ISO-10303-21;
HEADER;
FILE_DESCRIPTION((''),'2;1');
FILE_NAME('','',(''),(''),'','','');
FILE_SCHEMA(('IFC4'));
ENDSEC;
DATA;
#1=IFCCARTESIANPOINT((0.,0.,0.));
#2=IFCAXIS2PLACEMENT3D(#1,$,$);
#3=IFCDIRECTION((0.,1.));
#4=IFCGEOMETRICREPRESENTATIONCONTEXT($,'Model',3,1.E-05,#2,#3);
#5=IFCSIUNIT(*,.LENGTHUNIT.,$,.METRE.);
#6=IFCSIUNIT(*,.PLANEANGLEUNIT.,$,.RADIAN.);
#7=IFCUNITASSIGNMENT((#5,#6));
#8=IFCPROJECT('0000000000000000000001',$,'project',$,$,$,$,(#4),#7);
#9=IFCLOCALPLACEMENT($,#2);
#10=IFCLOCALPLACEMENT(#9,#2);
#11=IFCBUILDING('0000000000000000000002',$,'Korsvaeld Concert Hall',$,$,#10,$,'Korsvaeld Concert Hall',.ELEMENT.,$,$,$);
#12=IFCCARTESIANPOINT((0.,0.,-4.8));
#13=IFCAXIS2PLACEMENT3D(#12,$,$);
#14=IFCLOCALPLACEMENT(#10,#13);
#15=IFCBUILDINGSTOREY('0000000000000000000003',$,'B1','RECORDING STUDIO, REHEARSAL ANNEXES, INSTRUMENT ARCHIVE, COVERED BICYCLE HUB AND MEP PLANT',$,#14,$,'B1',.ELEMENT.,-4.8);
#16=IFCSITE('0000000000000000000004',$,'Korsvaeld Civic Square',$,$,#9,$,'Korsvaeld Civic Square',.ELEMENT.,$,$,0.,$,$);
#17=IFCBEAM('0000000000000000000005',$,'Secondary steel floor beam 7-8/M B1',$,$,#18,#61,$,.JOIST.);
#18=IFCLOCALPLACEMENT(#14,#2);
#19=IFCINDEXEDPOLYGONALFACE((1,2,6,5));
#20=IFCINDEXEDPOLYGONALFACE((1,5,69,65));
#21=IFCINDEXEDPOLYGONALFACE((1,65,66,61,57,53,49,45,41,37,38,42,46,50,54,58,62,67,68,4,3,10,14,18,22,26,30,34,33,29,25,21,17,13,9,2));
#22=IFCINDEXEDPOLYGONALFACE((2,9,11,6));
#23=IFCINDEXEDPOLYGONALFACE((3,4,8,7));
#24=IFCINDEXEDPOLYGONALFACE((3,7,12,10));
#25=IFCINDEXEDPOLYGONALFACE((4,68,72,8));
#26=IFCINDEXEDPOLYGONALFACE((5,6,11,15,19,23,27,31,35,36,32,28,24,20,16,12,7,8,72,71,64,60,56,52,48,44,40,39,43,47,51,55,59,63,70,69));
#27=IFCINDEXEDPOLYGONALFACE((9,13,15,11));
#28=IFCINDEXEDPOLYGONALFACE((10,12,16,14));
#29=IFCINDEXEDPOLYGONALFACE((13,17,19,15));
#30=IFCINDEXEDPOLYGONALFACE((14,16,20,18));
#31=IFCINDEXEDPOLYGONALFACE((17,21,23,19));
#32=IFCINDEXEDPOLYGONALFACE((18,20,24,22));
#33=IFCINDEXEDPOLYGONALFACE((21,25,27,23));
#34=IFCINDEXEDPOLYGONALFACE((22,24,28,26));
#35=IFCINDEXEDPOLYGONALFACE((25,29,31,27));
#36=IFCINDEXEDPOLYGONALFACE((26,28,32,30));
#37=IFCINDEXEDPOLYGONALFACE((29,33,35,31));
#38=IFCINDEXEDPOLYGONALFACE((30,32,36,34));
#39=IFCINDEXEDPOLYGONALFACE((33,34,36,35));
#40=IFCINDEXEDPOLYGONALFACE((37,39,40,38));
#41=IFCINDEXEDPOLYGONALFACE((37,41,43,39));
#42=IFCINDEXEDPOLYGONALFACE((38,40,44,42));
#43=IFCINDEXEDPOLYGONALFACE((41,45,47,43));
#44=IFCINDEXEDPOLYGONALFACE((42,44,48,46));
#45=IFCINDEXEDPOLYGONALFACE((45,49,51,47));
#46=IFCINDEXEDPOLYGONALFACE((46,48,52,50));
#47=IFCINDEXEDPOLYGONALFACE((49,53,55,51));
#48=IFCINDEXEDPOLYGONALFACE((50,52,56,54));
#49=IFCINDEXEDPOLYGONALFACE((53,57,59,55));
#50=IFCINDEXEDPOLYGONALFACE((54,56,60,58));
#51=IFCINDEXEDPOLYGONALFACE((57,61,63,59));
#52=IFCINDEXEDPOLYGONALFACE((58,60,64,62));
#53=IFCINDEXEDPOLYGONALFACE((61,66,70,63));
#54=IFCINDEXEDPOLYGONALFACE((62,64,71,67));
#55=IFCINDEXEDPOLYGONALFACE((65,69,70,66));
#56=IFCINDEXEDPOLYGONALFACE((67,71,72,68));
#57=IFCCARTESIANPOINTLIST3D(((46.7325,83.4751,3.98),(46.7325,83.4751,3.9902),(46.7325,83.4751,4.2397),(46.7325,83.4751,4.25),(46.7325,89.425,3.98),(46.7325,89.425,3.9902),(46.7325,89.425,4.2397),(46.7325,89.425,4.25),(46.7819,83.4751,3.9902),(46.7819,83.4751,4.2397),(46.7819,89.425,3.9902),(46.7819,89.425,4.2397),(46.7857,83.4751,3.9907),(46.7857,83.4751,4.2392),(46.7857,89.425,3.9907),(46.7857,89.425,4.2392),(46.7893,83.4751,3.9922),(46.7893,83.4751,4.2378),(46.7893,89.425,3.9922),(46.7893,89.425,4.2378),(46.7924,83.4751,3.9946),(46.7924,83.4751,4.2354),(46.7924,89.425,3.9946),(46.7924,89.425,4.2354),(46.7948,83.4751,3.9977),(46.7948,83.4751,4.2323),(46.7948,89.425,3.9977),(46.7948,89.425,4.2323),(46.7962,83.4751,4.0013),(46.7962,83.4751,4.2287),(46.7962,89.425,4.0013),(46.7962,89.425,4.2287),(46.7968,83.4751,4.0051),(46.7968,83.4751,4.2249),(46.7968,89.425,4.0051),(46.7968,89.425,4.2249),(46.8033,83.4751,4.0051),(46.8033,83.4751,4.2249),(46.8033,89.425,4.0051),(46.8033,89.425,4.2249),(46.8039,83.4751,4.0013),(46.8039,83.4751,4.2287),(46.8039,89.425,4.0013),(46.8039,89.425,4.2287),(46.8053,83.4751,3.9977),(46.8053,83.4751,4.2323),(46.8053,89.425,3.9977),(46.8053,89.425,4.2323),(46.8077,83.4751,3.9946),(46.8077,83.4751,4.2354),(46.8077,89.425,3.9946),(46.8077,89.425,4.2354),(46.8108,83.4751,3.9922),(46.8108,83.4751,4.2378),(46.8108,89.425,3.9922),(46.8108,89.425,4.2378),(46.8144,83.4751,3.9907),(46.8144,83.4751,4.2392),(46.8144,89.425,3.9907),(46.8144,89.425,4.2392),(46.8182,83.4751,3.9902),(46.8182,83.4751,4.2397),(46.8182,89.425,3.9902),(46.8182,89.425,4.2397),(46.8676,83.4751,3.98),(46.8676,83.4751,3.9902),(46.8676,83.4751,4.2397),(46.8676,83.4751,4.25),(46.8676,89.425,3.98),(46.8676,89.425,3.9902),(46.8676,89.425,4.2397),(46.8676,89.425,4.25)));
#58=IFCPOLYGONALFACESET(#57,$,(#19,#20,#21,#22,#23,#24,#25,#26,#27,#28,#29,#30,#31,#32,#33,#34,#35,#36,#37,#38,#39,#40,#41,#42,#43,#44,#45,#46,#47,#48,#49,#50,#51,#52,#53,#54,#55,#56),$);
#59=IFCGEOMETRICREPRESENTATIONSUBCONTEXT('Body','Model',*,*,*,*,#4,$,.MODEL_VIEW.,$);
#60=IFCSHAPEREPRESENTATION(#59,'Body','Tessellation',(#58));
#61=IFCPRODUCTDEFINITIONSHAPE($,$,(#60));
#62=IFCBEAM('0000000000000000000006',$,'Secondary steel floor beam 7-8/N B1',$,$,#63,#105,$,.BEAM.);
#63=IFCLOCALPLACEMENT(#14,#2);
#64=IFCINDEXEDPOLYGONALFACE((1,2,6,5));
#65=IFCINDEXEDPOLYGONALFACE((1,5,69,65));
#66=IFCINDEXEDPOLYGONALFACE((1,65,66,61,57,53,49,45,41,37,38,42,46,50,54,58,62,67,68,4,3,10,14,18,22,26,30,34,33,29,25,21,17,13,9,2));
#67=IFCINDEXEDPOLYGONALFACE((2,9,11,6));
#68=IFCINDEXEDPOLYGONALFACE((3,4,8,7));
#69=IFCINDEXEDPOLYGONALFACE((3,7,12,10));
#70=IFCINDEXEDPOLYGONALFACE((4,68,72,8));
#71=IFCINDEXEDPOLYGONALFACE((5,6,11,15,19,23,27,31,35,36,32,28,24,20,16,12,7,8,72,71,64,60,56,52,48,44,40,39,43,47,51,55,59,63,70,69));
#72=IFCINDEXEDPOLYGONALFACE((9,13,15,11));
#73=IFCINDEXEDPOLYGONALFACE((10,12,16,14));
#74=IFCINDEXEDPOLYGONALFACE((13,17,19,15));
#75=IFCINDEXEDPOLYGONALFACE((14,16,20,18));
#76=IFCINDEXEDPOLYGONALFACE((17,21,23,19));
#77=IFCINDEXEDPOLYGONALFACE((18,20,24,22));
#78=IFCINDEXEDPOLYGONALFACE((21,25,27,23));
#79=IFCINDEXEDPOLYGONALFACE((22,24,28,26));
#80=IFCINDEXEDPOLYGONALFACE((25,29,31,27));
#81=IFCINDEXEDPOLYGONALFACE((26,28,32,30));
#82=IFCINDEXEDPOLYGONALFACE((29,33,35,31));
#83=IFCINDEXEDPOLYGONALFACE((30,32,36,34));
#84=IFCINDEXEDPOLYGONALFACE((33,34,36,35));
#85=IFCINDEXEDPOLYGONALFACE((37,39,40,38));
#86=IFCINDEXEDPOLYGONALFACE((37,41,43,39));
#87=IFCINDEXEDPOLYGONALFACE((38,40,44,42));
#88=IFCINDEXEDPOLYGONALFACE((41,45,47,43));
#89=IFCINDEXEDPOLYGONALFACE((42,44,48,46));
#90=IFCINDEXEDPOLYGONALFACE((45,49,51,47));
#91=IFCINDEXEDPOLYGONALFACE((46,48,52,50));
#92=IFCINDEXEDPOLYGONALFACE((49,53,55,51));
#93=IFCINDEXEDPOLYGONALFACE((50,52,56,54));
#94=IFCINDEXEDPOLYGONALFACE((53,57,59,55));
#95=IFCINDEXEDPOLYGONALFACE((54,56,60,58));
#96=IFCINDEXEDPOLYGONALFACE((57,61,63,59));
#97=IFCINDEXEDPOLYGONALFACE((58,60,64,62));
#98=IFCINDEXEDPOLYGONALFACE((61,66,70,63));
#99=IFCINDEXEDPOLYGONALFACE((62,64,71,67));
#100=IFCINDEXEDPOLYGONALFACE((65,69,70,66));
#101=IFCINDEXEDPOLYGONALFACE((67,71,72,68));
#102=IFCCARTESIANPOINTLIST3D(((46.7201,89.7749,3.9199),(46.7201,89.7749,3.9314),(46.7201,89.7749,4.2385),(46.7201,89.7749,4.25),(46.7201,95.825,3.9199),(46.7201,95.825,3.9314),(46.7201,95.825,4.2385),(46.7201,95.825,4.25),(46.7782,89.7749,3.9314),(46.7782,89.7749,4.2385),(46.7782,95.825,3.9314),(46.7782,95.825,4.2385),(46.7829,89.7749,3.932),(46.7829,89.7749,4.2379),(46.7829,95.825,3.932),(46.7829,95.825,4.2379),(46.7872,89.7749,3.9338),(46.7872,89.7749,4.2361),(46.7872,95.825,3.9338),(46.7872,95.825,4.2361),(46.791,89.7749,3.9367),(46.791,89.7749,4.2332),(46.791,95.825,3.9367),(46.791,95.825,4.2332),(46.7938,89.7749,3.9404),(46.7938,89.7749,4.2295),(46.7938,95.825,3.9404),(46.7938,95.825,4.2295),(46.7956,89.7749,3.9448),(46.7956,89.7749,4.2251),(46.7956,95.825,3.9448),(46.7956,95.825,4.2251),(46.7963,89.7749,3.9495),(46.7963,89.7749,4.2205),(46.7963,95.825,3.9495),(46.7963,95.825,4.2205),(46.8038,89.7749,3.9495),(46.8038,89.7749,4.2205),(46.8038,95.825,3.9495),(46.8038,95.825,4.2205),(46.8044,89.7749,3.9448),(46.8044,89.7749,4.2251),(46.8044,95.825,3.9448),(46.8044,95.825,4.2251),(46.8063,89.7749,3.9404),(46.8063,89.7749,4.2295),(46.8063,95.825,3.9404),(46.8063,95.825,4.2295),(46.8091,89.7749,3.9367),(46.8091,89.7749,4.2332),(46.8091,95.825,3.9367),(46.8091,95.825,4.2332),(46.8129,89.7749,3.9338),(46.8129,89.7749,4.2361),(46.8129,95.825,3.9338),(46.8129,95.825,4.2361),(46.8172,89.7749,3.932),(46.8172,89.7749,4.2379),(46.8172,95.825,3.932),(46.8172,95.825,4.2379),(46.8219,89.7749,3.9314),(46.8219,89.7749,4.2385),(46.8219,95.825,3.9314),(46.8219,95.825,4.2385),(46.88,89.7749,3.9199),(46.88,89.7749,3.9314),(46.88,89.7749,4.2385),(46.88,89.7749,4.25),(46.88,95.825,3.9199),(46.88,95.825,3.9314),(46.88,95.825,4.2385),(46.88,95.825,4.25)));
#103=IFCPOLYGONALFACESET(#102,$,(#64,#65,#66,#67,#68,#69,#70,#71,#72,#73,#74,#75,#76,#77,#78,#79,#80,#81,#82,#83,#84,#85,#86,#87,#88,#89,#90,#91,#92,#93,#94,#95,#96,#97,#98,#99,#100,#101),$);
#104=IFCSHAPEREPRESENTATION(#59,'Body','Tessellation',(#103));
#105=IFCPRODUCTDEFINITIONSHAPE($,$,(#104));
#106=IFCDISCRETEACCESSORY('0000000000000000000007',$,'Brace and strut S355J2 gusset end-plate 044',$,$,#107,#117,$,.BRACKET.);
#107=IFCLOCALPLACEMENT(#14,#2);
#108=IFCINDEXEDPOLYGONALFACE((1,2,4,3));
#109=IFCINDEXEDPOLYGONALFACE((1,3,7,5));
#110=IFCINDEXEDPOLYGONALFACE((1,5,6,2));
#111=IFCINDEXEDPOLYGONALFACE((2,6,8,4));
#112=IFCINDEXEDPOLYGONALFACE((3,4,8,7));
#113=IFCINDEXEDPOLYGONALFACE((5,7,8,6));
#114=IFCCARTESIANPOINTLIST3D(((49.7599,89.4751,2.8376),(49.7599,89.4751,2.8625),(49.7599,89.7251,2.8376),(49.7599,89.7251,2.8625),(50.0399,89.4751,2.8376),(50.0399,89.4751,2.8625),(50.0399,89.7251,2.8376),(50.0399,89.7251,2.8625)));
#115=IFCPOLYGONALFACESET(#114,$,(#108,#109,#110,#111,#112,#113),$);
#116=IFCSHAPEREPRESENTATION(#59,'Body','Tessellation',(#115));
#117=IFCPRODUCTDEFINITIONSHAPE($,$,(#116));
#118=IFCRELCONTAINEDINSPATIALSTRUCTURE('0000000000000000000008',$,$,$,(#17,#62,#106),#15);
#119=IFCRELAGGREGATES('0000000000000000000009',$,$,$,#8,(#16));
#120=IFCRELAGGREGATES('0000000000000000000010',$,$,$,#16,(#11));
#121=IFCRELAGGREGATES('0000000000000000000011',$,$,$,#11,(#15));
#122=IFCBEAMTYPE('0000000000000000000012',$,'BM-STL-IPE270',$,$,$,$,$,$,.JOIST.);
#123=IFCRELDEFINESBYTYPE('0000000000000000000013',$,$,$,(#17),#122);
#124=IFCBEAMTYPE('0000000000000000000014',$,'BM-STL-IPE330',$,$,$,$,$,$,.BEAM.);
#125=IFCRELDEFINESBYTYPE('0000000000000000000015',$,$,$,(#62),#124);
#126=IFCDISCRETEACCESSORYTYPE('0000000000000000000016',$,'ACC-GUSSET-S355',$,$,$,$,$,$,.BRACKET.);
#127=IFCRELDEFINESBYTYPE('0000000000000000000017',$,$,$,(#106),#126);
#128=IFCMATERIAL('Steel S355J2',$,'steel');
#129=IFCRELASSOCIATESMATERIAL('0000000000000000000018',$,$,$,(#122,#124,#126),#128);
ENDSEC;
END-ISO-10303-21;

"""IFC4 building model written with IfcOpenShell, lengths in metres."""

from ifc_helpers import new_model, si_unit, direction, frame, origin, origin_2d, place, context, subcontext, project, spatial, rectangle, i_section, extrude, material, material_profile, profile_set, type_object, element, save


model = new_model("IFC4")

# Units and contexts
model_context = context("Model", 3, precision=1e-05, world=origin(), true_north=direction((0.0, 1.0)))
body_context = subcontext(model_context, "Body", "Model", "MODEL_VIEW")
ifc_project = project(units=[si_unit("LENGTHUNIT", "METRE"), si_unit("PLANEANGLEUNIT", "RADIAN")], contexts=[model_context])

# Site, building, storey
site_placement = place(None, origin())
site = spatial("IfcSite", under=ifc_project, at=site_placement, Name="Korsvaeld Civic Square", LongName="Korsvaeld Civic Square", CompositionType="ELEMENT", RefElevation=0.0)
building_placement = place(site_placement, origin())
building = spatial("IfcBuilding", under=site, at=building_placement, Name="Korsvaeld Concert Hall", LongName="Korsvaeld Concert Hall", CompositionType="ELEMENT")
storey_placement = place(building_placement, frame((0.0, 0.0, -4.8)))
storey = spatial("IfcBuildingStorey", under=building, at=storey_placement, Name="B1", Description="RECORDING STUDIO, REHEARSAL ANNEXES, INSTRUMENT ARCHIVE, COVERED BICYCLE HUB AND MEP PLANT", LongName="B1", CompositionType="ELEMENT", Elevation=-4.8)

# Beams
ifc_material_1 = material(Name="Steel S355J2", Category="steel")
ifc_material_profile_1 = material_profile(ifc_material_1, i_section(OverallWidth=0.135, OverallDepth=0.27, WebThickness=0.0066, FlangeThickness=0.0103, FilletRadius=0.0149, at=origin_2d()), Name="IPE 270")
ifc_profile_set_1 = profile_set([ifc_material_profile_1], Name="Steel S355J2")
beam_type_1 = type_object("IfcBeamType", Name="BM-STL-IPE270", PredefinedType="JOIST", material=ifc_profile_set_1)
beam_1_placement = place(storey_placement, frame((46.8, 83.4751, 4.115), z_axis=(0.0, 1.0, 0.0), x_axis=(-1.0, 0.0, 0.0)))
element("IfcBeam", 1, at=beam_1_placement, inside=storey, type_object=beam_type_1, Name="Secondary steel floor beam 7-8/M B1", PredefinedType="JOIST", context=body_context, shape_type="SweptSolid", body=[
    extrude(i_section(OverallWidth=0.135, OverallDepth=0.27, WebThickness=0.0066, FlangeThickness=0.0103, FilletRadius=0.0149, at=origin_2d()), origin(), (0.0, 0.0, 1.0), 5.95),
])
ifc_material_profile_2 = material_profile(ifc_material_1, i_section(OverallWidth=0.1599, OverallDepth=0.3301, WebThickness=0.0076, FlangeThickness=0.0115, FilletRadius=0.0181, at=origin_2d()), Name="IPE 330")
ifc_profile_set_2 = profile_set([ifc_material_profile_2], Name="Steel S355J2")
beam_type_2 = type_object("IfcBeamType", Name="BM-STL-IPE330", PredefinedType="BEAM", material=ifc_profile_set_2)
beam_2_placement = place(storey_placement, frame((46.8, 89.7749, 4.085), z_axis=(0.0, 1.0, 0.0), x_axis=(-1.0, 0.0, 0.0)))
element("IfcBeam", 2, at=beam_2_placement, inside=storey, type_object=beam_type_2, Name="Secondary steel floor beam 7-8/N B1", PredefinedType="BEAM", context=body_context, shape_type="SweptSolid", body=[
    extrude(i_section(OverallWidth=0.1599, OverallDepth=0.3301, WebThickness=0.0076, FlangeThickness=0.0115, FilletRadius=0.0181, at=origin_2d()), origin(), (0.0, 0.0, 1.0), 6.05),
])

# Discrete accessory
discrete_accessory_type = type_object("IfcDiscreteAccessoryType", Name="ACC-GUSSET-S355", PredefinedType="BRACKET", material=ifc_material_1)
discrete_accessory_placement = place(storey_placement, frame((49.8999, 89.6001, 2.8376), z_axis=(0.0, 0.0, 1.0), x_axis=(1.0, 0.0, 0.0)))
element("IfcDiscreteAccessory", 3, at=discrete_accessory_placement, inside=storey, type_object=discrete_accessory_type, Name="Brace and strut S355J2 gusset end-plate 044", PredefinedType="BRACKET", context=body_context, shape_type="SweptSolid", body=[
    extrude(rectangle(XDim=0.28, YDim=0.25, at=origin_2d()), origin(), (0.0, 0.0, 1.0), 0.0249),
])

save(model, "model.ifc")
